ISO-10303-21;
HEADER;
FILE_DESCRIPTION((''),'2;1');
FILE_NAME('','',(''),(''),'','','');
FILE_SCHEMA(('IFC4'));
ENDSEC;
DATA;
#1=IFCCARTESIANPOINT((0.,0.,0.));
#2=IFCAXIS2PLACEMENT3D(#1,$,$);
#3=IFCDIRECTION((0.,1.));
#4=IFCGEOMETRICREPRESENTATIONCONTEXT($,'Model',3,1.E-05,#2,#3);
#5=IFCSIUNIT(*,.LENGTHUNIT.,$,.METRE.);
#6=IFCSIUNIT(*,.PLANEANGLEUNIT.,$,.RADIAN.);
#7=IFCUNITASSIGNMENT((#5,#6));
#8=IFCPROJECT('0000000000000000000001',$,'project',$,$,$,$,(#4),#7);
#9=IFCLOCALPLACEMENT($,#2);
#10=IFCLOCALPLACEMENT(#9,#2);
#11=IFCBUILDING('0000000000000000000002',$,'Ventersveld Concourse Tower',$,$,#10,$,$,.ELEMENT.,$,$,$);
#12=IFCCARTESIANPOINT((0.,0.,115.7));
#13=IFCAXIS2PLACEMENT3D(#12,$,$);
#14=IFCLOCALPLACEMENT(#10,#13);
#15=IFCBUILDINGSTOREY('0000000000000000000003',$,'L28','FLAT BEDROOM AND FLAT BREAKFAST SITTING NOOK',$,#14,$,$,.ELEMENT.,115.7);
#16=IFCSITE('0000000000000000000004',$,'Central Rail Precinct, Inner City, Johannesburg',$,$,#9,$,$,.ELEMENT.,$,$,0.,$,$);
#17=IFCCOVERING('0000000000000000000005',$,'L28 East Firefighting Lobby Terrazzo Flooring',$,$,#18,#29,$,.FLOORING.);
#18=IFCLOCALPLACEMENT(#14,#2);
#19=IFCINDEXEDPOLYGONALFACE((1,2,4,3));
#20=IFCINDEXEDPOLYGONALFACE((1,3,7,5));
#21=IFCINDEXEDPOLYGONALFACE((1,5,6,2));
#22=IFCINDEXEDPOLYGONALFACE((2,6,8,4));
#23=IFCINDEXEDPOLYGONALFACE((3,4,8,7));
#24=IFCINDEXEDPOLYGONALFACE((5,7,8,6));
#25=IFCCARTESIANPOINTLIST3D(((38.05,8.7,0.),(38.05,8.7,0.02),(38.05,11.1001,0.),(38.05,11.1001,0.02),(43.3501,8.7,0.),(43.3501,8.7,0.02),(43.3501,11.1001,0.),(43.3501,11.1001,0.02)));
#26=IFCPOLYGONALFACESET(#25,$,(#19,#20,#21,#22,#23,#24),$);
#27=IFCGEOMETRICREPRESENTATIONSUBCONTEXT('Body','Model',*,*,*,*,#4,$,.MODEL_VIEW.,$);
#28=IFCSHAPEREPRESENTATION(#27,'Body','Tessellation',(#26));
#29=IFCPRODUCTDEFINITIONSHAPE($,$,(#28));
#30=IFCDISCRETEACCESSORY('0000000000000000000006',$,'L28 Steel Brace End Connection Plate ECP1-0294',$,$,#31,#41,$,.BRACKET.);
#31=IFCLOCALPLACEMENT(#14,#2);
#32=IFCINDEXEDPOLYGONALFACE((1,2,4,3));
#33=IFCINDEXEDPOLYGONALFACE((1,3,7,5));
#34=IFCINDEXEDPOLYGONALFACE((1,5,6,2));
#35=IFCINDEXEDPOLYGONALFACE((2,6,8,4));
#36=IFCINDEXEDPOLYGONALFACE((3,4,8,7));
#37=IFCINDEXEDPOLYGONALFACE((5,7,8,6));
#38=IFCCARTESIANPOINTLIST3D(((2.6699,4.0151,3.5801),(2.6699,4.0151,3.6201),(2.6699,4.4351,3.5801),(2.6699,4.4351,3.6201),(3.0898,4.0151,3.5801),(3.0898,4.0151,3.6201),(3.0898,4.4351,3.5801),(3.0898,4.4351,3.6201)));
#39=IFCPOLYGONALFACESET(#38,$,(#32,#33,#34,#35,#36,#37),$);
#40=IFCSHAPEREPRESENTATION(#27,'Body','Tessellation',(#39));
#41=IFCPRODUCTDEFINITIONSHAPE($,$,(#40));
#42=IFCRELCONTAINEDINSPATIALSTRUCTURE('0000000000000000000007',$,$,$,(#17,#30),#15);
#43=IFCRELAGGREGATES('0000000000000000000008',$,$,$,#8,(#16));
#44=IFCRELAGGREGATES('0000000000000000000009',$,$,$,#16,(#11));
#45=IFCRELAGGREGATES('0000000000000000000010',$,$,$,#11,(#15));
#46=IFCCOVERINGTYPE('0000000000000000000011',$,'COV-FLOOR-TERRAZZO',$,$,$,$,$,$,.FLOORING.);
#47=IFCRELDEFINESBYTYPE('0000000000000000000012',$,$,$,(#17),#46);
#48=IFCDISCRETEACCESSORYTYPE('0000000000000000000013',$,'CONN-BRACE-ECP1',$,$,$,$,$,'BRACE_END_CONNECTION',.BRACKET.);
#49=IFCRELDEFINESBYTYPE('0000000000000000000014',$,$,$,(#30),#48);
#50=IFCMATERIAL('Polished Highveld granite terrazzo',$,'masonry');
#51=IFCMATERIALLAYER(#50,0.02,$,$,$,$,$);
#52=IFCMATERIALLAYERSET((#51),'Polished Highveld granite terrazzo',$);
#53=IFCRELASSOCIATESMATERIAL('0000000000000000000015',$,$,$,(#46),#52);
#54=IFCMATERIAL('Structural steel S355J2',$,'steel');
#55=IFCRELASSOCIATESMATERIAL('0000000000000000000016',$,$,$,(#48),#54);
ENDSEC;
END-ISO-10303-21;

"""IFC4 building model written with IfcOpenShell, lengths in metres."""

from ifc_helpers import new_model, si_unit, direction, frame, origin, origin_2d, place, context, subcontext, project, spatial, polyline, rectangle, outline, extrude, material, layer, layer_set, type_object, element, save


model = new_model("IFC4")

# Units and contexts
model_context = context("Model", 3, precision=1e-05, world=origin(), true_north=direction((0.0, 1.0)))
body_context = subcontext(model_context, "Body", "Model", "MODEL_VIEW")
ifc_project = project(units=[si_unit("LENGTHUNIT", "METRE"), si_unit("PLANEANGLEUNIT", "RADIAN")], contexts=[model_context])

# Site, building, storey
site_placement = place(None, origin())
site = spatial("IfcSite", under=ifc_project, at=site_placement, Name="Central Rail Precinct, Inner City, Johannesburg", CompositionType="ELEMENT", RefElevation=0.0)
building_placement = place(site_placement, origin())
building = spatial("IfcBuilding", under=site, at=building_placement, Name="Ventersveld Concourse Tower", CompositionType="ELEMENT")
storey_placement = place(building_placement, frame((0.0, 0.0, 115.7)))
storey = spatial("IfcBuildingStorey", under=building, at=storey_placement, Name="L28", Description="FLAT BEDROOM AND FLAT BREAKFAST SITTING NOOK", CompositionType="ELEMENT", Elevation=115.7)

# Covering
ifc_material_1 = material(Name="Polished Highveld granite terrazzo", Category="masonry")
ifc_layer_1 = layer(ifc_material_1, 0.02)
ifc_layer_set_1 = layer_set([ifc_layer_1], Name="Polished Highveld granite terrazzo")
covering_type_1 = type_object("IfcCoveringType", Name="COV-FLOOR-TERRAZZO", PredefinedType="FLOORING", material=ifc_layer_set_1)
covering_1_placement = place(storey_placement, origin())
element("IfcCovering", 1, at=covering_1_placement, inside=storey, type_object=covering_type_1, Name="L28 East Firefighting Lobby Terrazzo Flooring", PredefinedType="FLOORING", context=body_context, shape_type="SweptSolid", body=[
    extrude(outline(polyline([(38.05, 8.7), (43.3501, 8.7), (43.3501, 11.1001), (38.05, 11.1001), (38.05, 8.7)])), origin(), (0.0, 0.0, 1.0), 0.02),
])

# Discrete accessory
ifc_material_2 = material(Name="Structural steel S355J2", Category="steel")
discrete_accessory_type = type_object("IfcDiscreteAccessoryType", Name="CONN-BRACE-ECP1", ElementType="BRACE_END_CONNECTION", PredefinedType="BRACKET", material=ifc_material_2)
discrete_accessory_placement = place(storey_placement, frame((2.8799, 4.2251, 3.5801), z_axis=(0.0, 0.0, 1.0), x_axis=(1.0, 0.0, 0.0)))
element("IfcDiscreteAccessory", 2, at=discrete_accessory_placement, inside=storey, type_object=discrete_accessory_type, Name="L28 Steel Brace End Connection Plate ECP1-0294", PredefinedType="BRACKET", context=body_context, shape_type="SweptSolid", body=[
    extrude(rectangle(XDim=0.4199, YDim=0.4199, at=origin_2d()), origin(), (0.0, 0.0, 1.0), 0.04),
])

save(model, "model.ifc")
